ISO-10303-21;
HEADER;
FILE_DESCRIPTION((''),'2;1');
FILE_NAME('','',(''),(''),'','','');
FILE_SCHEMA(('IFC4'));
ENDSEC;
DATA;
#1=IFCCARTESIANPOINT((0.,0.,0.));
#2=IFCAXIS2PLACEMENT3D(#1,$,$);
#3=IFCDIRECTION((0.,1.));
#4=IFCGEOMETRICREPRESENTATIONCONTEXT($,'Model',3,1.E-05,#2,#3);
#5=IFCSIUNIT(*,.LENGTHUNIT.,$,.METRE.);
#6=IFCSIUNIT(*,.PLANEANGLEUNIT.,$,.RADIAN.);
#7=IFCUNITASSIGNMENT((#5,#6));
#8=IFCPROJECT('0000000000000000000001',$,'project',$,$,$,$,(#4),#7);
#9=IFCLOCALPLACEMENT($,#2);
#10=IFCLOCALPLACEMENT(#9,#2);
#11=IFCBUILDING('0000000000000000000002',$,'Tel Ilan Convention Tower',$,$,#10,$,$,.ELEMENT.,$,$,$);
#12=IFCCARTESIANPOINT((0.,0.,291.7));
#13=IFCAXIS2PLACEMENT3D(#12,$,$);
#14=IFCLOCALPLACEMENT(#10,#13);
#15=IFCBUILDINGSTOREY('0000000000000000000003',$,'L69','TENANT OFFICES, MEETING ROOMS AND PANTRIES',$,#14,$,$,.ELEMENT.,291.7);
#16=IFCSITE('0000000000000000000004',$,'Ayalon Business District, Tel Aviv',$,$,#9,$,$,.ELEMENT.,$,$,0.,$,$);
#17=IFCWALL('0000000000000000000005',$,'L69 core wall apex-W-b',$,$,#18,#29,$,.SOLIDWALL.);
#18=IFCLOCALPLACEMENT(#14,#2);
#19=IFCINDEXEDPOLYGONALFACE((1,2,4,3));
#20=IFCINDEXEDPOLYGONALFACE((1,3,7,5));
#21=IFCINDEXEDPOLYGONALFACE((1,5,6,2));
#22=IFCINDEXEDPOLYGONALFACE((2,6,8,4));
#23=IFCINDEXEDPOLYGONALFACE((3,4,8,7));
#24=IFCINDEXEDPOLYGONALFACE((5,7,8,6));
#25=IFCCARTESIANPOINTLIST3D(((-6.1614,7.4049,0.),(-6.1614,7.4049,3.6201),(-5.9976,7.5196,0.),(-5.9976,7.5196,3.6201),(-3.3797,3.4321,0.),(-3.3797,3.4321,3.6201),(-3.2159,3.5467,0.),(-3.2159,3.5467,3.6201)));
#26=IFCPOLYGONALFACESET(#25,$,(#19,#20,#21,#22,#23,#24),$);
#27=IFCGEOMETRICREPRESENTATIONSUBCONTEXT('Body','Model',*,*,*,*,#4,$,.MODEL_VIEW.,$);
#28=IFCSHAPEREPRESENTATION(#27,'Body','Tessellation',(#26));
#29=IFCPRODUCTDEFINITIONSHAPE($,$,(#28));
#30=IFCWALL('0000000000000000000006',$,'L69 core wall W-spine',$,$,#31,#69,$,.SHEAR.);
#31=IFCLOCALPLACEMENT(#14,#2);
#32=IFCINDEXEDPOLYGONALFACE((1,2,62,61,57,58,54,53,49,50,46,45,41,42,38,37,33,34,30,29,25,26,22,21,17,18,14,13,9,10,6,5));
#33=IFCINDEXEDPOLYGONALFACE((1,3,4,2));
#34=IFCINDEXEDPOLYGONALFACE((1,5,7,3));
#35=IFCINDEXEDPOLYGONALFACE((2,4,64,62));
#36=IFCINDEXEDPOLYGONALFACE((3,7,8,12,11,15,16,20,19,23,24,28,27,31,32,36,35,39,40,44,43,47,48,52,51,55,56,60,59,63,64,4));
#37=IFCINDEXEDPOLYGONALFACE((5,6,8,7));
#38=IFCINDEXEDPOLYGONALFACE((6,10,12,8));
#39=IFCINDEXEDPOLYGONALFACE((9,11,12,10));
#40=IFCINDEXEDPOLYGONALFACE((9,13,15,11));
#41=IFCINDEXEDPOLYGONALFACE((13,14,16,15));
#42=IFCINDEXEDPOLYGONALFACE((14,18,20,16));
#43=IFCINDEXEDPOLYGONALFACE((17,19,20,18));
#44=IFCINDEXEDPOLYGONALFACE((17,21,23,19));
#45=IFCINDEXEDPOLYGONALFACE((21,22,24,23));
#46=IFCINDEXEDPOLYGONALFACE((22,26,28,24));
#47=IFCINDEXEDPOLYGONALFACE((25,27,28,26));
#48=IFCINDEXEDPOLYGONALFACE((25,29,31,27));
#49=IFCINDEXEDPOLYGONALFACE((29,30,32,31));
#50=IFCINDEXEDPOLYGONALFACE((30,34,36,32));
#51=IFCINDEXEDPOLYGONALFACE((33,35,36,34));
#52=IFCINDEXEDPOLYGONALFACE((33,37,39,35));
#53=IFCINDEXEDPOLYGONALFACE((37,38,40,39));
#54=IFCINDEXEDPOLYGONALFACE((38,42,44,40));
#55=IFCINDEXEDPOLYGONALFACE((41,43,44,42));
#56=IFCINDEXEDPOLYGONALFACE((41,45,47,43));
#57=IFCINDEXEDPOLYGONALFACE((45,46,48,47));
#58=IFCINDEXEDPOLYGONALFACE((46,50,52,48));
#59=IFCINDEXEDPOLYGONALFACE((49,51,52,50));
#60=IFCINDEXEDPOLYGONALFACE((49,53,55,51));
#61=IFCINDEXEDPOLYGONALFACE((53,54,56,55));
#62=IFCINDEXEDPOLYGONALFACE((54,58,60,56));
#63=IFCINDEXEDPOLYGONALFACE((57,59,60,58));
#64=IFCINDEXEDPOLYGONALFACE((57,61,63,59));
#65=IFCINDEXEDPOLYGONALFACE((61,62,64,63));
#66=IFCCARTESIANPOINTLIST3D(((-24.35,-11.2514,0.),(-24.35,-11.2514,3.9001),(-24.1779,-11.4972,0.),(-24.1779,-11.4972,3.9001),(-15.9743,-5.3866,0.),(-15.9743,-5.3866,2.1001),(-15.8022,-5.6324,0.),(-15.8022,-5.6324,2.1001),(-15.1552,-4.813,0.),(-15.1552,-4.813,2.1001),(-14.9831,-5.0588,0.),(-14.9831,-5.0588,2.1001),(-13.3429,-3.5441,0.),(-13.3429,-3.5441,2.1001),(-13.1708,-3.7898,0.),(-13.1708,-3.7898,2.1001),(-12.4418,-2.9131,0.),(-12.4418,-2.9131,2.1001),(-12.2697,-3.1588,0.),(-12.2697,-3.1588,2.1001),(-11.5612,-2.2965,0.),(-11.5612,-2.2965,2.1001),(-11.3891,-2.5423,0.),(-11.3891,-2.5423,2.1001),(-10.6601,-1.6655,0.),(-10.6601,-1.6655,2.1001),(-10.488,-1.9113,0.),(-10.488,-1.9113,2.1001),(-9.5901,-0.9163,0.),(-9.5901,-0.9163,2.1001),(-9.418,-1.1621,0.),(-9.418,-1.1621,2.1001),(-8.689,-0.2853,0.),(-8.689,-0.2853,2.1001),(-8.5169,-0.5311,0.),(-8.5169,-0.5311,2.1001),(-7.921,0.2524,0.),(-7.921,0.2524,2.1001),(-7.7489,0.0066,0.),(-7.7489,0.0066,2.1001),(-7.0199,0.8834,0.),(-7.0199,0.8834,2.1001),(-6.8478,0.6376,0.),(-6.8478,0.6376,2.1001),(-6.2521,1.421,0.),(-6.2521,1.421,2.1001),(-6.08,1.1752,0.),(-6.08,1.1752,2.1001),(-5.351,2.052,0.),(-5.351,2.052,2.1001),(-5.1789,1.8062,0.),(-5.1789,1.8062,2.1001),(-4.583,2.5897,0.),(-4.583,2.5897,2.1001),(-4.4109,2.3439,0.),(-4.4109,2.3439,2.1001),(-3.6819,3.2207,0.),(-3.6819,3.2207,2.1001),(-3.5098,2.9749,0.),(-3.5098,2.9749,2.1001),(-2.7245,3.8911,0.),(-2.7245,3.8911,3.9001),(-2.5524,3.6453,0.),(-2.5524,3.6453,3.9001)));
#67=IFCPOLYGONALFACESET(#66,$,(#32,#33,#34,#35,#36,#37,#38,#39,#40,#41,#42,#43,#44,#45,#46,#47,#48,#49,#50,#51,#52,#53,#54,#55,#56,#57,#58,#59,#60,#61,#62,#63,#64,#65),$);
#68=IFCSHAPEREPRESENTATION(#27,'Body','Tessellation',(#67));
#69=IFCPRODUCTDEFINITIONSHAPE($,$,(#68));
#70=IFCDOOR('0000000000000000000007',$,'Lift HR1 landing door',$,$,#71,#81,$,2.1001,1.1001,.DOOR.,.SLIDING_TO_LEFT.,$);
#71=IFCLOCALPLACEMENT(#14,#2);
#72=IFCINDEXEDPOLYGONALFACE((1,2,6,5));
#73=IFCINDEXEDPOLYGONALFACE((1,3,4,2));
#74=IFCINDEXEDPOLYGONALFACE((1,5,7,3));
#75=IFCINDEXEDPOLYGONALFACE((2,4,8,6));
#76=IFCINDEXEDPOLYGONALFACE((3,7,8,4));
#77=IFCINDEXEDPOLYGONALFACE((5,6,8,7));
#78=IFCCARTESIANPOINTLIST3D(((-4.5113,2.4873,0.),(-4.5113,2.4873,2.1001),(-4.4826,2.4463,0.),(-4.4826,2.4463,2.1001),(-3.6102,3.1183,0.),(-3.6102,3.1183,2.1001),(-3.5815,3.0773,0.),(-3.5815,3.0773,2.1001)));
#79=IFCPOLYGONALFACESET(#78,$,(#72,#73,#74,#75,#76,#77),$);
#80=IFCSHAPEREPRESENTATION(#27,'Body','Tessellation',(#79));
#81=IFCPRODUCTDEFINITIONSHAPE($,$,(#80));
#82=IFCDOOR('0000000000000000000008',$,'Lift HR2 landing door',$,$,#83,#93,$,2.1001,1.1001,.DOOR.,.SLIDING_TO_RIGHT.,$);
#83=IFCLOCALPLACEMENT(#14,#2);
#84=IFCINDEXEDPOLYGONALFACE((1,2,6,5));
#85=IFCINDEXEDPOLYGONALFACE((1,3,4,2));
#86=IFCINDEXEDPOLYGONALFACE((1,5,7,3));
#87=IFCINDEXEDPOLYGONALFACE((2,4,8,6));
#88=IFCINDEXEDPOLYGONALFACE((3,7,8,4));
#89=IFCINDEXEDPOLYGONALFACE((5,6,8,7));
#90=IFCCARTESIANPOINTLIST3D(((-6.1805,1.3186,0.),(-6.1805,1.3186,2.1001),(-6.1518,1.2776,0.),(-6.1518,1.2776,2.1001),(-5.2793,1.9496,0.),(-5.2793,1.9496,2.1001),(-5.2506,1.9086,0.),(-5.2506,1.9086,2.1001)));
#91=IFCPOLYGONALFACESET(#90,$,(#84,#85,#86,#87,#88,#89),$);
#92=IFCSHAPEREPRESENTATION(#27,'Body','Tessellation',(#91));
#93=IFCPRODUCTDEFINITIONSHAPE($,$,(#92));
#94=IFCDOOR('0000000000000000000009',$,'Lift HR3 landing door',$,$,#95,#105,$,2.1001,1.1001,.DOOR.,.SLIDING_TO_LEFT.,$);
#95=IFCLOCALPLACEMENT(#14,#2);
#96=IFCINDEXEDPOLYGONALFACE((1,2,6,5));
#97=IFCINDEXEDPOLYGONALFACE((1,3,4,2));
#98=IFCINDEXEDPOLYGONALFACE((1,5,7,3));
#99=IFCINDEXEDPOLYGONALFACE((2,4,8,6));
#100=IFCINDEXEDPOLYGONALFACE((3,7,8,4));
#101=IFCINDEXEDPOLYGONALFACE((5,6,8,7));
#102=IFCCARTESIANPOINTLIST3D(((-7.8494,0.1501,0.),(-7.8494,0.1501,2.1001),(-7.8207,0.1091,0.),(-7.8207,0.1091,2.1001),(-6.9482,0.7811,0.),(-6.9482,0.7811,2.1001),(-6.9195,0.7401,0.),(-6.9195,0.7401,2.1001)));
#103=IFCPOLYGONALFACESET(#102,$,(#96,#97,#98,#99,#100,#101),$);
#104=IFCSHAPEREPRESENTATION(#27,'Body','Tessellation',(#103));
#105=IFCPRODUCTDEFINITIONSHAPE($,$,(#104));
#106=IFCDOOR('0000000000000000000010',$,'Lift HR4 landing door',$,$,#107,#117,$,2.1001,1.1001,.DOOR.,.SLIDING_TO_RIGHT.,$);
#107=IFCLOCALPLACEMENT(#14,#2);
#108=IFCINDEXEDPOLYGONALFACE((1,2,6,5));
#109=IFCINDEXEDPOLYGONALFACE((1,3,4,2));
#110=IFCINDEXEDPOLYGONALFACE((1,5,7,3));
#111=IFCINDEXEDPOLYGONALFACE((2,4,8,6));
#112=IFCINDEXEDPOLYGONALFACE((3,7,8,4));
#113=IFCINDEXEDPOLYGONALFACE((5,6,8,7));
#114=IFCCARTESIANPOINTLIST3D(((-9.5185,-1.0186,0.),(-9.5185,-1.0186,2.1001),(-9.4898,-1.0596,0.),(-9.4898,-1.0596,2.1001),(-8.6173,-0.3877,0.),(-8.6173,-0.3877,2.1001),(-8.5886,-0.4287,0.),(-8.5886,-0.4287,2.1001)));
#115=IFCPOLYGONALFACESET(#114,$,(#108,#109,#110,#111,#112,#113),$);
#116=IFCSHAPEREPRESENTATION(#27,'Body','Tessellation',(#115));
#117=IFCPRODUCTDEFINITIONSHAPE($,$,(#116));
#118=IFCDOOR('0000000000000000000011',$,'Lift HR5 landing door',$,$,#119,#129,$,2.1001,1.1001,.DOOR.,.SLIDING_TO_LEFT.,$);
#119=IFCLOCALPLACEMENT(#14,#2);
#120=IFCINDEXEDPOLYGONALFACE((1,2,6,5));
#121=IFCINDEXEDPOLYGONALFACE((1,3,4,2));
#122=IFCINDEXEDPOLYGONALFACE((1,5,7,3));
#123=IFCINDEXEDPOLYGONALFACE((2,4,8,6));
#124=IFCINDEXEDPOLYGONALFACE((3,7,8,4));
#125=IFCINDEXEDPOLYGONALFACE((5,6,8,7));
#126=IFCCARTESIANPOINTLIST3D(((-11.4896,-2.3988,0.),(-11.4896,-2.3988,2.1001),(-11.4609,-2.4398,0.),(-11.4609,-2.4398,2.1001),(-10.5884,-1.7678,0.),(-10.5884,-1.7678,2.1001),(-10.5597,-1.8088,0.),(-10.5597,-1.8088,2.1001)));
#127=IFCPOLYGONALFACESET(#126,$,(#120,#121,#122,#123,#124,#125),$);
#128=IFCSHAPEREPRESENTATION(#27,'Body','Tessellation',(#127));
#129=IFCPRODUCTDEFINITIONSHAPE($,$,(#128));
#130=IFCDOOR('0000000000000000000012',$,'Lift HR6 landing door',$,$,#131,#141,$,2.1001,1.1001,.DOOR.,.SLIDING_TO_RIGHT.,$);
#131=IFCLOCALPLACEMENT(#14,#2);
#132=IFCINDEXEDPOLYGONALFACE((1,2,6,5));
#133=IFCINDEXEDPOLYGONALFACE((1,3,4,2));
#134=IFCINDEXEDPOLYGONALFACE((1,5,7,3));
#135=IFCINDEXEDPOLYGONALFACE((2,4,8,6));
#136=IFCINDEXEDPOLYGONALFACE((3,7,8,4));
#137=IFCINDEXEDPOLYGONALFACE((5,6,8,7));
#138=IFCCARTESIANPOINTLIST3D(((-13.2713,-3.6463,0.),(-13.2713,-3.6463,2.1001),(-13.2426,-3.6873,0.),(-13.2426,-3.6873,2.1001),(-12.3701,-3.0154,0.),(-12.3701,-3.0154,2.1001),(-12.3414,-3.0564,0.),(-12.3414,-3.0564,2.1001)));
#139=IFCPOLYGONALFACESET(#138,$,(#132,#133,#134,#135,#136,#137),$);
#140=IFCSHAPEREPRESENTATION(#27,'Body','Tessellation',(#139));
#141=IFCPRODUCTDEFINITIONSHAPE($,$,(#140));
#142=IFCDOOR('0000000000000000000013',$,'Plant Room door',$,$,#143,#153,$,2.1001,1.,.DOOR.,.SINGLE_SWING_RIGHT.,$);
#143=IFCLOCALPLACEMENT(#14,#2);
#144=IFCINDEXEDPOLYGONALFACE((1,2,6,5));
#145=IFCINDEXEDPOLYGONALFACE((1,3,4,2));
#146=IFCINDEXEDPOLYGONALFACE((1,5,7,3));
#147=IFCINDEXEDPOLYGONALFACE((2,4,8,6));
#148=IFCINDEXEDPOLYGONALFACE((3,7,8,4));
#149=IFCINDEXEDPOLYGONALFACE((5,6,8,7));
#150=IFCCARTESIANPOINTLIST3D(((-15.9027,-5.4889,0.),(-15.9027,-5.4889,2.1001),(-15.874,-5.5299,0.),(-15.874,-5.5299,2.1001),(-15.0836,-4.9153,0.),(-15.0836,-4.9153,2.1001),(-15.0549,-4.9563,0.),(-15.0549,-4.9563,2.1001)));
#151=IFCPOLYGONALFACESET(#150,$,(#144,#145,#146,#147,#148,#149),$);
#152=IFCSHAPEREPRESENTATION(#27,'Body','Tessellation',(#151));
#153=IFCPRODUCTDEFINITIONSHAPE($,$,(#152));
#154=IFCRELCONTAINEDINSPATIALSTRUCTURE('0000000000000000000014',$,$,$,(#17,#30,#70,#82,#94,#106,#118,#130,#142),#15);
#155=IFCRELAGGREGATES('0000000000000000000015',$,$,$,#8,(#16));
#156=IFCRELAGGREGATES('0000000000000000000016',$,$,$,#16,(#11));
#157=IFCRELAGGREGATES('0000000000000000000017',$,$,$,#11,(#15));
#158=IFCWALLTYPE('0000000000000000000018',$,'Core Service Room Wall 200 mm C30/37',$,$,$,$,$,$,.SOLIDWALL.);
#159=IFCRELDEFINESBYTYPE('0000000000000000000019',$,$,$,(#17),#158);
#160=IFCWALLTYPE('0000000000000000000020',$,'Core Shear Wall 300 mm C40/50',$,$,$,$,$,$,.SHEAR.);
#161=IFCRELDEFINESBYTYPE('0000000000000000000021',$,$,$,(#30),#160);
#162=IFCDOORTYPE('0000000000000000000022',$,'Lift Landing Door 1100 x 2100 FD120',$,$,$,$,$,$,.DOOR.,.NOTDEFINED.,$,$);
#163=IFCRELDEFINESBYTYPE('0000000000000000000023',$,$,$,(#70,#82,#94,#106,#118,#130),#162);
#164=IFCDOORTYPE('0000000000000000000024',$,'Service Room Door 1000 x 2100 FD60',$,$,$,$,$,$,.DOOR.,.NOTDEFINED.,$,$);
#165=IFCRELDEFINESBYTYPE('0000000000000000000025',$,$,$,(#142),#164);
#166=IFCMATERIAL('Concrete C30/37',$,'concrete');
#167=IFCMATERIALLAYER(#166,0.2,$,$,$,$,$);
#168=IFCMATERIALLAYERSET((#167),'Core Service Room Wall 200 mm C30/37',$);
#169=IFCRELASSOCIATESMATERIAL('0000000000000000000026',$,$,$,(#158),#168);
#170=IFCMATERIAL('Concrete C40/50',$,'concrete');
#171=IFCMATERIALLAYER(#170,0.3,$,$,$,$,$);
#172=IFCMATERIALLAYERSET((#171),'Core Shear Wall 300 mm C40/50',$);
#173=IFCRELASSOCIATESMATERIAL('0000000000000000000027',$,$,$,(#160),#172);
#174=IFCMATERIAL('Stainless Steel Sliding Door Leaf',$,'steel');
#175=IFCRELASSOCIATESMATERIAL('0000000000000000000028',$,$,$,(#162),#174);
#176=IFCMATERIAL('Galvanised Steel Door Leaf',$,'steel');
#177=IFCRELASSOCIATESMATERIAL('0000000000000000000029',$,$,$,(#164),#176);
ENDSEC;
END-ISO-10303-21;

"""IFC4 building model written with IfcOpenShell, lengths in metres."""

from ifc_helpers import new_model, si_unit, direction, frame, frame_2d, origin, place, context, subcontext, project, spatial, polyline, rectangle, outline, extrude, material, layer, layer_set, type_object, element, fill, save


model = new_model("IFC4")

# Units and contexts
model_context = context("Model", 3, precision=1e-05, world=origin(), true_north=direction((0.0, 1.0)))
body_context = subcontext(model_context, "Body", "Model", "MODEL_VIEW")
ifc_project = project(units=[si_unit("LENGTHUNIT", "METRE"), si_unit("PLANEANGLEUNIT", "RADIAN")], contexts=[model_context])

# Site, building, storey
site_placement = place(None, origin())
site = spatial("IfcSite", under=ifc_project, at=site_placement, Name="Ayalon Business District, Tel Aviv", CompositionType="ELEMENT", RefElevation=0.0)
building_placement = place(site_placement, origin())
building = spatial("IfcBuilding", under=site, at=building_placement, Name="Tel Ilan Convention Tower", CompositionType="ELEMENT")
storey_placement = place(building_placement, frame((0.0, 0.0, 291.7)))
storey = spatial("IfcBuildingStorey", under=building, at=storey_placement, Name="L69", Description="TENANT OFFICES, MEETING ROOMS AND PANTRIES", CompositionType="ELEMENT", Elevation=291.7)

# Wall
ifc_material_1 = material(Name="Concrete C30/37", Category="concrete")
ifc_layer_1 = layer(ifc_material_1, 0.2)
ifc_layer_set_1 = layer_set([ifc_layer_1], Name="Core Service Room Wall 200 mm C30/37")
wall_type_1 = type_object("IfcWallType", Name="Core Service Room Wall 200 mm C30/37", PredefinedType="SOLIDWALL", material=ifc_layer_set_1)
wall_1_placement = place(storey_placement, frame((-3.2979, 3.4895, 0.0), z_axis=(0.0, 0.0, 1.0), x_axis=(-0.57356, 0.819163, 0.0)))
element("IfcWall", 1, at=wall_1_placement, inside=storey, type_object=wall_type_1, Name="L69 core wall apex-W-b", PredefinedType="SOLIDWALL", context=body_context, shape_type="SweptSolid", body=[
    extrude(rectangle(XDim=4.8499, YDim=0.2, at=frame_2d((2.4248, 0.0))), origin(), (0.0, 0.0, 1.0), 3.6201),
])

# Wall, openings, doors
ifc_material_2 = material(Name="Concrete C40/50", Category="concrete")
ifc_layer_2 = layer(ifc_material_2, 0.3)
ifc_layer_set_2 = layer_set([ifc_layer_2], Name="Core Shear Wall 300 mm C40/50")
wall_type_2 = type_object("IfcWallType", Name="Core Shear Wall 300 mm C40/50", PredefinedType="SHEAR", material=ifc_layer_set_2)
wall_2_placement = place(storey_placement, frame((-2.6384, 3.7681, 0.0), z_axis=(0.0, 0.0, 1.0), x_axis=(-0.819155, -0.573572, 0.0)))
wall_2 = element("IfcWall", 2, at=wall_2_placement, inside=storey, type_object=wall_type_2, Name="L69 core wall W-spine", PredefinedType="SHEAR", context=body_context, shape_type="SweptSolid", body=[
    extrude(outline(polyline([(26.3999, 0.1501), (0.0, 0.1499), (0.0, -0.1501), (26.3999, -0.1499), (26.3999, 0.1501)])), origin(), (0.0, 0.0, 1.0), 3.9001),
])
opening_1_placement = place(wall_2_placement, frame((1.1687, 0.0, 0.0)))
opening_1 = element("IfcOpeningElement", 3, at=opening_1_placement, cuts=wall_2, PredefinedType="OPENING", context=body_context, shape_type="SweptSolid", body=[
    extrude(rectangle(XDim=1.1001, YDim=2.1001, at=frame_2d((0.55, 1.05))), frame((0.0, 0.1599, 0.0), z_axis=(0.0, -1.0, 0.0), x_axis=(1.0, 0.0, 0.0)), (0.0, 0.0, 1.0), 0.3201),
])
opening_2_placement = place(wall_2_placement, frame((3.2063, 0.0, 0.0)))
opening_2 = element("IfcOpeningElement", 4, at=opening_2_placement, cuts=wall_2, PredefinedType="OPENING", context=body_context, shape_type="SweptSolid", body=[
    extrude(rectangle(XDim=1.1001, YDim=2.1001, at=frame_2d((0.55, 1.05))), frame((0.0, 0.1599, 0.0), z_axis=(0.0, -1.0, 0.0), x_axis=(1.0, 0.0, 0.0)), (0.0, 0.0, 1.0), 0.3201),
])
opening_3_placement = place(wall_2_placement, frame((5.2437, 0.0, 0.0)))
opening_3 = element("IfcOpeningElement", 5, at=opening_3_placement, cuts=wall_2, PredefinedType="OPENING", context=body_context, shape_type="SweptSolid", body=[
    extrude(rectangle(XDim=1.1001, YDim=2.1001, at=frame_2d((0.55, 1.05))), frame((0.0, 0.1599, 0.0), z_axis=(0.0, -1.0, 0.0), x_axis=(1.0, 0.0, 0.0)), (0.0, 0.0, 1.0), 0.3201),
])
opening_4_placement = place(wall_2_placement, frame((7.2812, 0.0, 0.0)))
opening_4 = element("IfcOpeningElement", 6, at=opening_4_placement, cuts=wall_2, PredefinedType="OPENING", context=body_context, shape_type="SweptSolid", body=[
    extrude(rectangle(XDim=1.1001, YDim=2.1001, at=frame_2d((0.55, 1.05))), frame((0.0, 0.1599, 0.0), z_axis=(0.0, -1.0, 0.0), x_axis=(1.0, 0.0, 0.0)), (0.0, 0.0, 1.0), 0.3201),
])
opening_5_placement = place(wall_2_placement, frame((9.6875, 0.0, 0.0)))
opening_5 = element("IfcOpeningElement", 7, at=opening_5_placement, cuts=wall_2, PredefinedType="OPENING", context=body_context, shape_type="SweptSolid", body=[
    extrude(rectangle(XDim=1.1001, YDim=2.1001, at=frame_2d((0.55, 1.05))), frame((0.0, 0.1599, 0.0), z_axis=(0.0, -1.0, 0.0), x_axis=(1.0, 0.0, 0.0)), (0.0, 0.0, 1.0), 0.3201),
])
opening_6_placement = place(wall_2_placement, frame((11.8625, 0.0, 0.0)))
opening_6 = element("IfcOpeningElement", 8, at=opening_6_placement, cuts=wall_2, PredefinedType="OPENING", context=body_context, shape_type="SweptSolid", body=[
    extrude(rectangle(XDim=1.1001, YDim=2.1001, at=frame_2d((0.55, 1.05))), frame((0.0, 0.1599, 0.0), z_axis=(0.0, -1.0, 0.0), x_axis=(1.0, 0.0, 0.0)), (0.0, 0.0, 1.0), 0.3201),
])
opening_7_placement = place(wall_2_placement, frame((15.175, 0.0, 0.0)))
opening_7 = element("IfcOpeningElement", 9, at=opening_7_placement, cuts=wall_2, PredefinedType="OPENING", context=body_context, shape_type="SweptSolid", body=[
    extrude(rectangle(XDim=1.0, YDim=2.1001, at=frame_2d((0.5, 1.05))), frame((0.0, 0.1599, 0.0), z_axis=(0.0, -1.0, 0.0), x_axis=(1.0, 0.0, 0.0)), (0.0, 0.0, 1.0), 0.3201),
])
ifc_material_3 = material(Name="Stainless Steel Sliding Door Leaf", Category="steel")
door_type_1 = type_object("IfcDoorType", Name="Lift Landing Door 1100 x 2100 FD120", OperationType="NOTDEFINED", PredefinedType="DOOR", material=ifc_material_3)
door_1_placement = place(opening_1_placement, origin())
door_1 = element("IfcDoor", 10, at=door_1_placement, inside=storey, type_object=door_type_1, Name="Lift HR1 landing door", OperationType="SLIDING_TO_LEFT", OverallHeight=2.1001, OverallWidth=1.1001, PredefinedType="DOOR", context=body_context, shape_type="SweptSolid", body=[
    extrude(rectangle(XDim=1.1001, YDim=2.1001, at=frame_2d((0.55, 1.05))), frame((0.0, 0.0249, 0.0), z_axis=(0.0, -1.0, 0.0), x_axis=(1.0, 0.0, 0.0)), (0.0, 0.0, 1.0), 0.05),
])
fill(opening_1, door_1)
door_2_placement = place(opening_2_placement, origin())
door_2 = element("IfcDoor", 11, at=door_2_placement, inside=storey, type_object=door_type_1, Name="Lift HR2 landing door", OperationType="SLIDING_TO_RIGHT", OverallHeight=2.1001, OverallWidth=1.1001, PredefinedType="DOOR", context=body_context, shape_type="SweptSolid", body=[
    extrude(rectangle(XDim=1.1001, YDim=2.1001, at=frame_2d((0.55, 1.05))), frame((0.0, 0.0249, 0.0), z_axis=(0.0, -1.0, 0.0), x_axis=(1.0, 0.0, 0.0)), (0.0, 0.0, 1.0), 0.05),
])
fill(opening_2, door_2)
door_3_placement = place(opening_3_placement, origin())
door_3 = element("IfcDoor", 12, at=door_3_placement, inside=storey, type_object=door_type_1, Name="Lift HR3 landing door", OperationType="SLIDING_TO_LEFT", OverallHeight=2.1001, OverallWidth=1.1001, PredefinedType="DOOR", context=body_context, shape_type="SweptSolid", body=[
    extrude(rectangle(XDim=1.1001, YDim=2.1001, at=frame_2d((0.55, 1.05))), frame((0.0, 0.0249, 0.0), z_axis=(0.0, -1.0, 0.0), x_axis=(1.0, 0.0, 0.0)), (0.0, 0.0, 1.0), 0.05),
])
fill(opening_3, door_3)
door_4_placement = place(opening_4_placement, origin())
door_4 = element("IfcDoor", 13, at=door_4_placement, inside=storey, type_object=door_type_1, Name="Lift HR4 landing door", OperationType="SLIDING_TO_RIGHT", OverallHeight=2.1001, OverallWidth=1.1001, PredefinedType="DOOR", context=body_context, shape_type="SweptSolid", body=[
    extrude(rectangle(XDim=1.1001, YDim=2.1001, at=frame_2d((0.55, 1.05))), frame((0.0, 0.0249, 0.0), z_axis=(0.0, -1.0, 0.0), x_axis=(1.0, 0.0, 0.0)), (0.0, 0.0, 1.0), 0.05),
])
fill(opening_4, door_4)
door_5_placement = place(opening_5_placement, origin())
door_5 = element("IfcDoor", 14, at=door_5_placement, inside=storey, type_object=door_type_1, Name="Lift HR5 landing door", OperationType="SLIDING_TO_LEFT", OverallHeight=2.1001, OverallWidth=1.1001, PredefinedType="DOOR", context=body_context, shape_type="SweptSolid", body=[
    extrude(rectangle(XDim=1.1001, YDim=2.1001, at=frame_2d((0.55, 1.05))), frame((0.0, 0.0249, 0.0), z_axis=(0.0, -1.0, 0.0), x_axis=(1.0, 0.0, 0.0)), (0.0, 0.0, 1.0), 0.05),
])
fill(opening_5, door_5)
door_6_placement = place(opening_6_placement, origin())
door_6 = element("IfcDoor", 15, at=door_6_placement, inside=storey, type_object=door_type_1, Name="Lift HR6 landing door", OperationType="SLIDING_TO_RIGHT", OverallHeight=2.1001, OverallWidth=1.1001, PredefinedType="DOOR", context=body_context, shape_type="SweptSolid", body=[
    extrude(rectangle(XDim=1.1001, YDim=2.1001, at=frame_2d((0.55, 1.05))), frame((0.0, 0.0249, 0.0), z_axis=(0.0, -1.0, 0.0), x_axis=(1.0, 0.0, 0.0)), (0.0, 0.0, 1.0), 0.05),
])
fill(opening_6, door_6)
ifc_material_4 = material(Name="Galvanised Steel Door Leaf", Category="steel")
door_type_2 = type_object("IfcDoorType", Name="Service Room Door 1000 x 2100 FD60", OperationType="NOTDEFINED", PredefinedType="DOOR", material=ifc_material_4)
door_7_placement = place(opening_7_placement, origin())
door_7 = element("IfcDoor", 16, at=door_7_placement, inside=storey, type_object=door_type_2, Name="Plant Room door", OperationType="SINGLE_SWING_RIGHT", OverallHeight=2.1001, OverallWidth=1.0, PredefinedType="DOOR", context=body_context, shape_type="SweptSolid", body=[
    extrude(rectangle(XDim=1.0, YDim=2.1001, at=frame_2d((0.5, 1.05))), frame((0.0, 0.0249, 0.0), z_axis=(0.0, -1.0, 0.0), x_axis=(1.0, 0.0, 0.0)), (0.0, 0.0, 1.0), 0.05),
])
fill(opening_7, door_7)

save(model, "model.ifc")
